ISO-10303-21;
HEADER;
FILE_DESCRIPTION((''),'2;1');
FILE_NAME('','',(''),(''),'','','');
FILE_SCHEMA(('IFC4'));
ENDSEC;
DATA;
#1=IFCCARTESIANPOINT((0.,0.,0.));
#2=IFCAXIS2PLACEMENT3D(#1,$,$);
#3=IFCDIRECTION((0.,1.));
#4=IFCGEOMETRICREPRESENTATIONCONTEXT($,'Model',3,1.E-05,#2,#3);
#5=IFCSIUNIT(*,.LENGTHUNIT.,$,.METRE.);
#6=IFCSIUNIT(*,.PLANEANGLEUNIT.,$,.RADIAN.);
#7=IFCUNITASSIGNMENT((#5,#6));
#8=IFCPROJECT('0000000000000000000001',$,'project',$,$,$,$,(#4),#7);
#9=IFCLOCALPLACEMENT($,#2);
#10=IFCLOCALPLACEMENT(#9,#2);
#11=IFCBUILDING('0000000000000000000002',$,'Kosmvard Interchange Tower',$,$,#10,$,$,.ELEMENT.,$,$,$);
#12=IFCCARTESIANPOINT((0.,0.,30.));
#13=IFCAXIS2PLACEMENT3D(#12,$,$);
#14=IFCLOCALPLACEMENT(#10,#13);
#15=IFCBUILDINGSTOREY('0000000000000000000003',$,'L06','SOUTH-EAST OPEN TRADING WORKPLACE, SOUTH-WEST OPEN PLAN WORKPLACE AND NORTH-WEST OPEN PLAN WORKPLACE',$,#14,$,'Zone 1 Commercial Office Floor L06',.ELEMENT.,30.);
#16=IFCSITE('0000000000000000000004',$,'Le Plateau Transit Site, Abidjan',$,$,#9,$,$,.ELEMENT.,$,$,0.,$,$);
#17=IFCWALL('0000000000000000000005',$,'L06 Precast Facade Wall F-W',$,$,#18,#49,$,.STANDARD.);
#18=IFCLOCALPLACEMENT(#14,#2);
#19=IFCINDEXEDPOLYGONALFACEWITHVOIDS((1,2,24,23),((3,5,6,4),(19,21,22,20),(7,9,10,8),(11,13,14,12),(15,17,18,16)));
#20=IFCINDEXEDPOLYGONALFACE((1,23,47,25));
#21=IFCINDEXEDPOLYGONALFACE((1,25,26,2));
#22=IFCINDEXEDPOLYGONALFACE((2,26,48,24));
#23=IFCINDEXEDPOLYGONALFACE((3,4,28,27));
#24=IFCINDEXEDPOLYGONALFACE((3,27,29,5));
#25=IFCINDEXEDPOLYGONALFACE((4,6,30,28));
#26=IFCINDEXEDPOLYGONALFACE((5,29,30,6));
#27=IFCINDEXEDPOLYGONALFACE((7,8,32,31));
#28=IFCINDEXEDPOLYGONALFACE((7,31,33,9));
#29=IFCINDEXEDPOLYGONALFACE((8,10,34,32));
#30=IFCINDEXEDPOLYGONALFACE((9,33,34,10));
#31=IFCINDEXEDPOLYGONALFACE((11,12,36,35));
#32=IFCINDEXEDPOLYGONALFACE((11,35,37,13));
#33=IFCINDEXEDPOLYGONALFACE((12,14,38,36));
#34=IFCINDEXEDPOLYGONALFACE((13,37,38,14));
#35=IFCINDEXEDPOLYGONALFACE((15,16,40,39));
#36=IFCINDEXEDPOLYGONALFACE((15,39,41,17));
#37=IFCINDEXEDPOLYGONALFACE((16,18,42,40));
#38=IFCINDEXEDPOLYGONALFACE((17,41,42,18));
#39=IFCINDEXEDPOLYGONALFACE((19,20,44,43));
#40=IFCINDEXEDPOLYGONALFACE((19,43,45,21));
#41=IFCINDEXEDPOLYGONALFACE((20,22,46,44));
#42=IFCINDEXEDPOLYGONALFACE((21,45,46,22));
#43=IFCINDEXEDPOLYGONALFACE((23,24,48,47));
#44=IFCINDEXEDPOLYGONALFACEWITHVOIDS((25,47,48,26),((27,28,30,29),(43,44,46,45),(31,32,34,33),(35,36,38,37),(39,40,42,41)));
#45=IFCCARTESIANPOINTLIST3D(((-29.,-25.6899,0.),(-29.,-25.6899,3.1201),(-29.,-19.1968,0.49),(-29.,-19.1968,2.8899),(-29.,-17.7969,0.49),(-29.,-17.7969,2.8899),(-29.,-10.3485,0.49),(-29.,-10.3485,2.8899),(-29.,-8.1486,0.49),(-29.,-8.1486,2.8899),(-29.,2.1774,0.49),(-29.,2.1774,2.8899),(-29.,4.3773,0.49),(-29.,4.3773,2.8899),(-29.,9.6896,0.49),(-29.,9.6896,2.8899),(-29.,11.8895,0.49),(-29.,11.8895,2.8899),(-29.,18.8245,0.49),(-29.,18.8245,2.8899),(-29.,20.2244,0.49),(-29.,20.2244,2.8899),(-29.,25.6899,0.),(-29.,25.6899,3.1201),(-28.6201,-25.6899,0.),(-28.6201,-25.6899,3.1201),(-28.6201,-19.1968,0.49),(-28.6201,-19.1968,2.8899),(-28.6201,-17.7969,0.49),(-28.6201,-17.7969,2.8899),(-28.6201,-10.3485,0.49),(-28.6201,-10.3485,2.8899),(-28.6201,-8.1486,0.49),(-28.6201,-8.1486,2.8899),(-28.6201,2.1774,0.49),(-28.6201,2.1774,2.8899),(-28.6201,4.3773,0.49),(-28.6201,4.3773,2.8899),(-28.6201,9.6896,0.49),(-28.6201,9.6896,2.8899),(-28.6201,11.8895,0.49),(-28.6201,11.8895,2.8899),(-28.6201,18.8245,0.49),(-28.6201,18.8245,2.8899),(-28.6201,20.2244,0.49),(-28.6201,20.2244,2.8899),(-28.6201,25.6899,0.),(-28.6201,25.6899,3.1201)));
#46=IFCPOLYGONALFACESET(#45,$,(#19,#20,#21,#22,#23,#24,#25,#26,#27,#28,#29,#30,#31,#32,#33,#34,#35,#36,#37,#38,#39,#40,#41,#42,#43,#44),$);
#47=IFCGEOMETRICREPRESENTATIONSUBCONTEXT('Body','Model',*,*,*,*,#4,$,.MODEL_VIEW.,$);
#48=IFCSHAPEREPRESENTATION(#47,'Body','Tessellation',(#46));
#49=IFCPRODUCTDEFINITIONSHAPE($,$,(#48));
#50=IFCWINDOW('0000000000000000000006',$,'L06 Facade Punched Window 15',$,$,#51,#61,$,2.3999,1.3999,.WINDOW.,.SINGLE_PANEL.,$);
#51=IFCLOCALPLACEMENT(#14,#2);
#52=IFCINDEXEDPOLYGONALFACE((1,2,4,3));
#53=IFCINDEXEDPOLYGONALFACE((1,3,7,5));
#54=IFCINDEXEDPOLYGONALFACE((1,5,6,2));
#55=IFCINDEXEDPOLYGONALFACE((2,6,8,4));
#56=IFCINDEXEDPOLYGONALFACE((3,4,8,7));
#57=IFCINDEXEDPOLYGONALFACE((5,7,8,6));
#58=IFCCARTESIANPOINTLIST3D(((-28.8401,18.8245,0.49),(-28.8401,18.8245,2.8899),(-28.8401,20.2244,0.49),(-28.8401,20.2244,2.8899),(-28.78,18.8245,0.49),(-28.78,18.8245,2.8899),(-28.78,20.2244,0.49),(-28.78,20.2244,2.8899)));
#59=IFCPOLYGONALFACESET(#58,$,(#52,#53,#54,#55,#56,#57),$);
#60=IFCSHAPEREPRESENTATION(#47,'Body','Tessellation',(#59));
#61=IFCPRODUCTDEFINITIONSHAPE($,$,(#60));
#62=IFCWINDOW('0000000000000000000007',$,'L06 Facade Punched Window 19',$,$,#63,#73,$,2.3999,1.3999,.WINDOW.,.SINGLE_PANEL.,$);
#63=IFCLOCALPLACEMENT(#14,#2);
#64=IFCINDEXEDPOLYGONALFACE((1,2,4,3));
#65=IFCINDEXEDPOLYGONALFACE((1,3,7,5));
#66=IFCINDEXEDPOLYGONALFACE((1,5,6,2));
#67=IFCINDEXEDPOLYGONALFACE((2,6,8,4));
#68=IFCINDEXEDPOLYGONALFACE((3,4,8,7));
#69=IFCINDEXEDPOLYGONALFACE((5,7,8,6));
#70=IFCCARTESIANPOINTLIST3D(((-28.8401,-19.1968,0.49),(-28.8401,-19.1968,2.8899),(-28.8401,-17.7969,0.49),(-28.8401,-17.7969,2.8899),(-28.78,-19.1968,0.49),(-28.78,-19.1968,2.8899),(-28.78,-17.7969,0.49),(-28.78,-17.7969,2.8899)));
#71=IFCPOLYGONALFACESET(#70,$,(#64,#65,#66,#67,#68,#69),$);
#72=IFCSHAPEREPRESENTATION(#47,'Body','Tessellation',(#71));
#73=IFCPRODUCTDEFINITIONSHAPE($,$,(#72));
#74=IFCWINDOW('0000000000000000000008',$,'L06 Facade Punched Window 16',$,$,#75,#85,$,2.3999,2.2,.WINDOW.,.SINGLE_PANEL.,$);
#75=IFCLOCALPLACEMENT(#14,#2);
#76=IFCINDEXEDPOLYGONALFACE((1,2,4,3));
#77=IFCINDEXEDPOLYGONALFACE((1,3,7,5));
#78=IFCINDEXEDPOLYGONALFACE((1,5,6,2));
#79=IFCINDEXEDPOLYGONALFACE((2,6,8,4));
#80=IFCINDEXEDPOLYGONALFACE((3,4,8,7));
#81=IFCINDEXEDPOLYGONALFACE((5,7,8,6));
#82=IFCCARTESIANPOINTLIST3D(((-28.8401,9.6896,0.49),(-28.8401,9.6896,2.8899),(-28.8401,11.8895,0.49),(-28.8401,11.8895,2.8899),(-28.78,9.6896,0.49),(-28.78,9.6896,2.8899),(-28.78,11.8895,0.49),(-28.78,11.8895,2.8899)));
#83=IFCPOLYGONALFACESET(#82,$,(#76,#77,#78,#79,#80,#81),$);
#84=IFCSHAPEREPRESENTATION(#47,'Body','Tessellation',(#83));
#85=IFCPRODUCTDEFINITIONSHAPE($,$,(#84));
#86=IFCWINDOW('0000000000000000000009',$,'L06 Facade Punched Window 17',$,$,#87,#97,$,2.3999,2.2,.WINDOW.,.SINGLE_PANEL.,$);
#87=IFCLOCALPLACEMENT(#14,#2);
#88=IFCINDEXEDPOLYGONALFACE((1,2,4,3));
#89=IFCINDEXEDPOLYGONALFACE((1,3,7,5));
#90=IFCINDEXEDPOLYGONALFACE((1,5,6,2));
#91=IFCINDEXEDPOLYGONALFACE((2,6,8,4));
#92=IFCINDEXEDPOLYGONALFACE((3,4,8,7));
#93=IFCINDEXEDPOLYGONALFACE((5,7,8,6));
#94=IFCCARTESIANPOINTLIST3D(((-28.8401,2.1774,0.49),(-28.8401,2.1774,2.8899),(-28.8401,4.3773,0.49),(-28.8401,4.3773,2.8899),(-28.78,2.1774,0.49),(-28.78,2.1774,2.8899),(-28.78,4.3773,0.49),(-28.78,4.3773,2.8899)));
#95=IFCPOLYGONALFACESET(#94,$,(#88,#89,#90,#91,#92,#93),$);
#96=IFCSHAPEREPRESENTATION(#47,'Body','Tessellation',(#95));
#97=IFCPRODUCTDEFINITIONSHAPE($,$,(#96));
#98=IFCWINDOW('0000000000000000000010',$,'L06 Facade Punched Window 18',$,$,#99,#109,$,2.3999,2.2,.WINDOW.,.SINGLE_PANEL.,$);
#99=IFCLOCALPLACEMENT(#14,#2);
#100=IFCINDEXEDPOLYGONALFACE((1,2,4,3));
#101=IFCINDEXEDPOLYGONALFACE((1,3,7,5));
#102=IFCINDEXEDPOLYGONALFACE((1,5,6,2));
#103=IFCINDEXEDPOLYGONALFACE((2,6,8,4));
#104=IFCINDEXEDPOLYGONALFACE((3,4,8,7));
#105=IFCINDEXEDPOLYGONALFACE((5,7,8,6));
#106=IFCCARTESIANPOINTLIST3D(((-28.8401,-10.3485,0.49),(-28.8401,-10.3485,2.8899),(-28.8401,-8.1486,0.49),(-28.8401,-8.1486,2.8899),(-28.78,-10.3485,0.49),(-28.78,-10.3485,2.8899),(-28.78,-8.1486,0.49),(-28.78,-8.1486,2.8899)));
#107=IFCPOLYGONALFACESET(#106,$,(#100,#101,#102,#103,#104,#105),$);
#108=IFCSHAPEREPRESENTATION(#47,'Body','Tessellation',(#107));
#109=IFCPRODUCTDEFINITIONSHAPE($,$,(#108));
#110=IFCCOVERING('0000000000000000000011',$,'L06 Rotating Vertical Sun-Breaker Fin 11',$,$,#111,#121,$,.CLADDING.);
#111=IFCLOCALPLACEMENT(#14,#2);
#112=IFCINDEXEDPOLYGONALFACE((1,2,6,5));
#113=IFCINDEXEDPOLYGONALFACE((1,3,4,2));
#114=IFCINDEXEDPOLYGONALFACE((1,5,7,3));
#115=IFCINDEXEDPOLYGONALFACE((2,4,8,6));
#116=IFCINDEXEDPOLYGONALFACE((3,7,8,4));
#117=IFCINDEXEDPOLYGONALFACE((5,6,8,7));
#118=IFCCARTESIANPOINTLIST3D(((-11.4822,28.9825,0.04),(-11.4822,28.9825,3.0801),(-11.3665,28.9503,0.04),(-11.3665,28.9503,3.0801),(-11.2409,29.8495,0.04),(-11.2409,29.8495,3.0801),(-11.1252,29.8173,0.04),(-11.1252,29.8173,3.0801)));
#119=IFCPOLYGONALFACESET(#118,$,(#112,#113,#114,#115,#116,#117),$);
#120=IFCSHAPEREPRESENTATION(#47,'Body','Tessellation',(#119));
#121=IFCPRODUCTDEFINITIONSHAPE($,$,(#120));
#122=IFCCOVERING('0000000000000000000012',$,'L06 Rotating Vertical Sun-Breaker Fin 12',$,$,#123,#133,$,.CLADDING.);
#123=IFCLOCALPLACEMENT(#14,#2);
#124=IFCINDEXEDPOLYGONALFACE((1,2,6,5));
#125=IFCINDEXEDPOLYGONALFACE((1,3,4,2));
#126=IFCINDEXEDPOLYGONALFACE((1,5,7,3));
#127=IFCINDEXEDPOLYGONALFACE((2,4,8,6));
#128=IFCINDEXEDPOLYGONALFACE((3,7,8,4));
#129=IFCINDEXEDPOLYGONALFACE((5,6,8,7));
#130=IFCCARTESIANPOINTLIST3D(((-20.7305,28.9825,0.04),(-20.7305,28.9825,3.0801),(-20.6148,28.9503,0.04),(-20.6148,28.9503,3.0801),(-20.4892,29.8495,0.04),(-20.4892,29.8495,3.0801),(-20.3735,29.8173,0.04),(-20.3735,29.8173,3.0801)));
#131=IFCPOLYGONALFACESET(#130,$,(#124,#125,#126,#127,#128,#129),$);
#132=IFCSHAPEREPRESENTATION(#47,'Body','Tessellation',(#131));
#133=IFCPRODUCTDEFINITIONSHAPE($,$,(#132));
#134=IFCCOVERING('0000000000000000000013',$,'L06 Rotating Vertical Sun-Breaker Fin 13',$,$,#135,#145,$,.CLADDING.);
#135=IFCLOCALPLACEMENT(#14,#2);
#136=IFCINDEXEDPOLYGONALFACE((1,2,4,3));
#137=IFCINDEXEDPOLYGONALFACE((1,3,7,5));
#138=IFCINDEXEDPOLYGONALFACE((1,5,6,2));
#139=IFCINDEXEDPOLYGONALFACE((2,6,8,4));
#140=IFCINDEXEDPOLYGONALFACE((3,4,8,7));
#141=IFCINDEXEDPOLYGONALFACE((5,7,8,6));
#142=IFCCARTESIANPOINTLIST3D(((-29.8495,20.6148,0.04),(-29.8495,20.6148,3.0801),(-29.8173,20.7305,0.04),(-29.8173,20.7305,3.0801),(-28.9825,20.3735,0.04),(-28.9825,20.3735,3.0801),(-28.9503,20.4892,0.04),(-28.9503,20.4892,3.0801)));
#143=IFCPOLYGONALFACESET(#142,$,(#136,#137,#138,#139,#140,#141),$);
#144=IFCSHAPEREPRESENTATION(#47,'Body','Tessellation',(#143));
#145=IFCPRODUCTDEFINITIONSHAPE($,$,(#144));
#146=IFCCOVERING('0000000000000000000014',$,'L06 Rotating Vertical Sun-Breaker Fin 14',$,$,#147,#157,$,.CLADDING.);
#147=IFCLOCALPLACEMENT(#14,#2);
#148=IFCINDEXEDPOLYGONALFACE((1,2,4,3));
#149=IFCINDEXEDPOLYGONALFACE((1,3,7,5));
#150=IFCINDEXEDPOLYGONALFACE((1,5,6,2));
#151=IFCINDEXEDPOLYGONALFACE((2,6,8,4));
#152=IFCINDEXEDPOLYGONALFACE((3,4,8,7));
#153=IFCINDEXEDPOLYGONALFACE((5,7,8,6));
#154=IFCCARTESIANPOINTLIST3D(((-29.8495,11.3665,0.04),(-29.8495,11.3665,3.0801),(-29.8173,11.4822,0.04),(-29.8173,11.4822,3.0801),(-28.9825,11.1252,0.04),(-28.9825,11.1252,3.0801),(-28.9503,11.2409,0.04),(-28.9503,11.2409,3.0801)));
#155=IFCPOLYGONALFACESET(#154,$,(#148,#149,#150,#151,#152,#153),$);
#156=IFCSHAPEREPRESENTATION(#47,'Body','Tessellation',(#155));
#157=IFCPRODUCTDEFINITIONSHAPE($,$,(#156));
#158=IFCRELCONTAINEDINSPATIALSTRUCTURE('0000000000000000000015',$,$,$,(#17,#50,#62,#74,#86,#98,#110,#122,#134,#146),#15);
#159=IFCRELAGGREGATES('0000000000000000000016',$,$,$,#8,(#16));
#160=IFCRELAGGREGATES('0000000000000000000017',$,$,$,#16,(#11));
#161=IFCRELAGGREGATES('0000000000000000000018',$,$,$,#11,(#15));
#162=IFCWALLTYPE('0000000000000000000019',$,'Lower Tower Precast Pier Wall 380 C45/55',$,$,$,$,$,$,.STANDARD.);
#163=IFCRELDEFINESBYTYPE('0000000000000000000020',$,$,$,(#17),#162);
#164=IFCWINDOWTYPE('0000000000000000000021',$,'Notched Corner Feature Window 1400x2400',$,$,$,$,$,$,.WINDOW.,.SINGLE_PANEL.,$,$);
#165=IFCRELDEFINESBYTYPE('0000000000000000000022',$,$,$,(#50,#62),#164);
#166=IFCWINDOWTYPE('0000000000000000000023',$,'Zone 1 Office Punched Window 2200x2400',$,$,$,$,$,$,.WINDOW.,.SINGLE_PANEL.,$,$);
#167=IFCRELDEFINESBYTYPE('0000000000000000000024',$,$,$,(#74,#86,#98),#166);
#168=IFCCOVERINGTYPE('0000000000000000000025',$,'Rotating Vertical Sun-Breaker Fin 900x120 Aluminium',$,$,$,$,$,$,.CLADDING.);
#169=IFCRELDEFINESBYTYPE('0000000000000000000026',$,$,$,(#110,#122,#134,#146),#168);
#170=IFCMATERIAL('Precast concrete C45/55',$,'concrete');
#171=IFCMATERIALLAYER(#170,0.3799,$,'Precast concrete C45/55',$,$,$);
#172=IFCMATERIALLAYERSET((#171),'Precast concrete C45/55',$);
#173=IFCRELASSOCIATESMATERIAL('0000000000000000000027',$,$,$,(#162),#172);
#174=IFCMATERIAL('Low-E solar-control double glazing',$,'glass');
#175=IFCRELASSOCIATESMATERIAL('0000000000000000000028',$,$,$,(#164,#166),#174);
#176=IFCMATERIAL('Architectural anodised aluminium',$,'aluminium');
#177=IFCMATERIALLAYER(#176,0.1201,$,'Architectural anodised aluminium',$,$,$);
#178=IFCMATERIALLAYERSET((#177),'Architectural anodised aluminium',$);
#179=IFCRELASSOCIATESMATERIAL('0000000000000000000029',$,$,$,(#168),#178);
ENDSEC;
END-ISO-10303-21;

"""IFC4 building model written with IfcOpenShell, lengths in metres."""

from ifc_helpers import new_model, si_unit, direction, frame, frame_2d, origin, origin_2d, place, context, subcontext, project, spatial, rectangle, extrude, source, transform, mapped, material, layer, layer_set, type_object, element, fill, save


model = new_model("IFC4")

# Units and contexts
model_context = context("Model", 3, precision=1e-05, world=origin(), true_north=direction((0.0, 1.0)))
body_context = subcontext(model_context, "Body", "Model", "MODEL_VIEW")
ifc_project = project(units=[si_unit("LENGTHUNIT", "METRE"), si_unit("PLANEANGLEUNIT", "RADIAN")], contexts=[model_context])

# Site, building, storey
site_placement = place(None, origin())
site = spatial("IfcSite", under=ifc_project, at=site_placement, Name="Le Plateau Transit Site, Abidjan", CompositionType="ELEMENT", RefElevation=0.0)
building_placement = place(site_placement, origin())
building = spatial("IfcBuilding", under=site, at=building_placement, Name="Kosmvard Interchange Tower", CompositionType="ELEMENT")
storey_placement = place(building_placement, frame((0.0, 0.0, 30.0)))
storey = spatial("IfcBuildingStorey", under=building, at=storey_placement, Name="L06", Description="SOUTH-EAST OPEN TRADING WORKPLACE, SOUTH-WEST OPEN PLAN WORKPLACE AND NORTH-WEST OPEN PLAN WORKPLACE", LongName="Zone 1 Commercial Office Floor L06", CompositionType="ELEMENT", Elevation=30.0)

# Shared definitions
ifc_material_1 = material(Name="Precast concrete C45/55", Category="concrete")

# Shared definitions
ifc_layer_1 = layer(ifc_material_1, 0.3799, Name="Precast concrete C45/55")
ifc_layer_set_1 = layer_set([ifc_layer_1], Name="Precast concrete C45/55")
wall_type_1 = type_object("IfcWallType", Name="Lower Tower Precast Pier Wall 380 C45/55", PredefinedType="STANDARD", material=ifc_layer_set_1)

# Wall, openings, windows
wall_1_placement = place(storey_placement, frame((-28.8101, 25.6899, 0.0), z_axis=(0.0, 0.0, 1.0), x_axis=(0.0, -1.0, 0.0)))
wall_1 = element("IfcWall", 1, at=wall_1_placement, inside=storey, type_object=wall_type_1, Name="L06 Precast Facade Wall F-W", PredefinedType="STANDARD", context=body_context, shape_type="SweptSolid", body=[
    extrude(rectangle(XDim=51.3799, YDim=0.3799, at=frame_2d((25.6899, 0.0))), origin(), (0.0, 0.0, 1.0), 3.1201),
])
opening_1_placement = place(wall_1_placement, frame((5.4656, 0.0, 0.49)))
opening_1 = element("IfcOpeningElement", 2, at=opening_1_placement, cuts=wall_1, PredefinedType="OPENING", context=body_context, shape_type="SweptSolid", body=[
    extrude(rectangle(XDim=1.3999, YDim=2.3999, at=frame_2d((0.7, 1.2))), frame((0.0, 0.2, 0.0), z_axis=(0.0, -1.0, 0.0), x_axis=(1.0, 0.0, 0.0)), (0.0, 0.0, 1.0), 0.3999),
])
opening_2_placement = place(wall_1_placement, frame((13.8003, 0.0, 0.49)))
opening_2 = element("IfcOpeningElement", 3, at=opening_2_placement, cuts=wall_1, PredefinedType="OPENING", context=body_context, shape_type="SweptSolid", body=[
    extrude(rectangle(XDim=2.2, YDim=2.3999, at=frame_2d((1.1001, 1.2))), frame((0.0, 0.2, 0.0), z_axis=(0.0, -1.0, 0.0), x_axis=(1.0, 0.0, 0.0)), (0.0, 0.0, 1.0), 0.3999),
])
opening_3_placement = place(wall_1_placement, frame((21.3125, 0.0, 0.49)))
opening_3 = element("IfcOpeningElement", 4, at=opening_3_placement, cuts=wall_1, PredefinedType="OPENING", context=body_context, shape_type="SweptSolid", body=[
    extrude(rectangle(XDim=2.2, YDim=2.3999, at=frame_2d((1.1001, 1.2))), frame((0.0, 0.2, 0.0), z_axis=(0.0, -1.0, 0.0), x_axis=(1.0, 0.0, 0.0)), (0.0, 0.0, 1.0), 0.3999),
])
opening_4_placement = place(wall_1_placement, frame((33.8384, 0.0, 0.49)))
opening_4 = element("IfcOpeningElement", 5, at=opening_4_placement, cuts=wall_1, PredefinedType="OPENING", context=body_context, shape_type="SweptSolid", body=[
    extrude(rectangle(XDim=2.2, YDim=2.3999, at=frame_2d((1.1001, 1.2))), frame((0.0, 0.2, 0.0), z_axis=(0.0, -1.0, 0.0), x_axis=(1.0, 0.0, 0.0)), (0.0, 0.0, 1.0), 0.3999),
])
opening_5_placement = place(wall_1_placement, frame((43.4868, 0.0, 0.49)))
opening_5 = element("IfcOpeningElement", 6, at=opening_5_placement, cuts=wall_1, PredefinedType="OPENING", context=body_context, shape_type="SweptSolid", body=[
    extrude(rectangle(XDim=1.3999, YDim=2.3999, at=frame_2d((0.7, 1.2))), frame((0.0, 0.2, 0.0), z_axis=(0.0, -1.0, 0.0), x_axis=(1.0, 0.0, 0.0)), (0.0, 0.0, 1.0), 0.3999),
])
ifc_material_2 = material(Name="Low-E solar-control double glazing", Category="glass")
window_type_1 = type_object("IfcWindowType", Name="Notched Corner Feature Window 1400x2400", PartitioningType="SINGLE_PANEL", PredefinedType="WINDOW", material=ifc_material_2)
shared_shape_1 = source(origin(), body_context, "Body", "SweptSolid", [
    extrude(rectangle(XDim=1.3999, YDim=2.3999, at=frame_2d((0.7, 1.2))), frame((0.0, 0.03, 0.0), z_axis=(0.0, -1.0, 0.0), x_axis=(1.0, 0.0, 0.0)), (0.0, 0.0, 1.0), 0.0601),
])
window_1_placement = place(opening_1_placement, origin())
window_1 = element("IfcWindow", 7, at=window_1_placement, inside=storey, type_object=window_type_1, Name="L06 Facade Punched Window 15", OverallHeight=2.3999, OverallWidth=1.3999, PartitioningType="SINGLE_PANEL", PredefinedType="WINDOW", context=body_context, shape_type="MappedRepresentation", body=[
    mapped(shared_shape_1, transform((0.0, 0.0, 0.0), scale=1.0)),
])
fill(opening_1, window_1)
window_2_placement = place(opening_5_placement, origin())
window_2 = element("IfcWindow", 8, at=window_2_placement, inside=storey, type_object=window_type_1, Name="L06 Facade Punched Window 19", OverallHeight=2.3999, OverallWidth=1.3999, PartitioningType="SINGLE_PANEL", PredefinedType="WINDOW", context=body_context, shape_type="MappedRepresentation", body=[
    mapped(shared_shape_1, transform((0.0, 0.0, 0.0), scale=1.0)),
])
fill(opening_5, window_2)
window_type_2 = type_object("IfcWindowType", Name="Zone 1 Office Punched Window 2200x2400", PartitioningType="SINGLE_PANEL", PredefinedType="WINDOW", material=ifc_material_2)
shared_shape_2 = source(origin(), body_context, "Body", "SweptSolid", [
    extrude(rectangle(XDim=2.2, YDim=2.3999, at=frame_2d((1.1001, 1.2))), frame((0.0, 0.03, 0.0), z_axis=(0.0, -1.0, 0.0), x_axis=(1.0, 0.0, 0.0)), (0.0, 0.0, 1.0), 0.0601),
])
window_3_placement = place(opening_2_placement, origin())
window_3 = element("IfcWindow", 9, at=window_3_placement, inside=storey, type_object=window_type_2, Name="L06 Facade Punched Window 16", OverallHeight=2.3999, OverallWidth=2.2, PartitioningType="SINGLE_PANEL", PredefinedType="WINDOW", context=body_context, shape_type="MappedRepresentation", body=[
    mapped(shared_shape_2, transform((0.0, 0.0, 0.0), scale=1.0)),
])
fill(opening_2, window_3)
window_4_placement = place(opening_3_placement, origin())
window_4 = element("IfcWindow", 10, at=window_4_placement, inside=storey, type_object=window_type_2, Name="L06 Facade Punched Window 17", OverallHeight=2.3999, OverallWidth=2.2, PartitioningType="SINGLE_PANEL", PredefinedType="WINDOW", context=body_context, shape_type="MappedRepresentation", body=[
    mapped(shared_shape_2, transform((0.0, 0.0, 0.0), scale=1.0)),
])
fill(opening_3, window_4)
window_5_placement = place(opening_4_placement, origin())
window_5 = element("IfcWindow", 11, at=window_5_placement, inside=storey, type_object=window_type_2, Name="L06 Facade Punched Window 18", OverallHeight=2.3999, OverallWidth=2.2, PartitioningType="SINGLE_PANEL", PredefinedType="WINDOW", context=body_context, shape_type="MappedRepresentation", body=[
    mapped(shared_shape_2, transform((0.0, 0.0, 0.0), scale=1.0)),
])
fill(opening_4, window_5)

# Coverings
ifc_material_3 = material(Name="Architectural anodised aluminium", Category="aluminium")
ifc_layer_2 = layer(ifc_material_3, 0.1201, Name="Architectural anodised aluminium")
ifc_layer_set_2 = layer_set([ifc_layer_2], Name="Architectural anodised aluminium")
covering_type = type_object("IfcCoveringType", Name="Rotating Vertical Sun-Breaker Fin 900x120 Aluminium", PredefinedType="CLADDING", material=ifc_layer_set_2)
shared_shape_3 = source(origin(), body_context, "Body", "SweptSolid", [
    extrude(rectangle(XDim=0.8999, YDim=0.1201, at=origin_2d()), origin(), (0.0, 0.0, 1.0), 3.04),
])
for number, where, z_axis, x_axis, name in (
    (12, (-11.3037, 29.3999, 0.04), (0.0, 0.0, 1.0), (0.268079, 0.963397, 0.0), "L06 Rotating Vertical Sun-Breaker Fin 11"),
    (13, (-20.552, 29.3999, 0.04), (0.0, 0.0, 1.0), (0.268079, 0.963397, 0.0), "L06 Rotating Vertical Sun-Breaker Fin 12"),
    (14, (-29.3999, 20.552, 0.04), (0.0, 0.0, 1.0), (-0.963397, 0.268079, 0.0), "L06 Rotating Vertical Sun-Breaker Fin 13"),
    (15, (-29.3999, 11.3037, 0.04), (0.0, 0.0, 1.0), (-0.963397, 0.268079, 0.0), "L06 Rotating Vertical Sun-Breaker Fin 14"),
):
    element("IfcCovering", number, at=place(storey_placement, frame(where, z_axis=z_axis, x_axis=x_axis)), inside=storey, type_object=covering_type, Name=name, PredefinedType="CLADDING", context=body_context, shape_type="MappedRepresentation", body=[
        mapped(shared_shape_3, transform((0.0, 0.0, 0.0), scale=1.0)),
    ])

save(model, "model.ifc")
